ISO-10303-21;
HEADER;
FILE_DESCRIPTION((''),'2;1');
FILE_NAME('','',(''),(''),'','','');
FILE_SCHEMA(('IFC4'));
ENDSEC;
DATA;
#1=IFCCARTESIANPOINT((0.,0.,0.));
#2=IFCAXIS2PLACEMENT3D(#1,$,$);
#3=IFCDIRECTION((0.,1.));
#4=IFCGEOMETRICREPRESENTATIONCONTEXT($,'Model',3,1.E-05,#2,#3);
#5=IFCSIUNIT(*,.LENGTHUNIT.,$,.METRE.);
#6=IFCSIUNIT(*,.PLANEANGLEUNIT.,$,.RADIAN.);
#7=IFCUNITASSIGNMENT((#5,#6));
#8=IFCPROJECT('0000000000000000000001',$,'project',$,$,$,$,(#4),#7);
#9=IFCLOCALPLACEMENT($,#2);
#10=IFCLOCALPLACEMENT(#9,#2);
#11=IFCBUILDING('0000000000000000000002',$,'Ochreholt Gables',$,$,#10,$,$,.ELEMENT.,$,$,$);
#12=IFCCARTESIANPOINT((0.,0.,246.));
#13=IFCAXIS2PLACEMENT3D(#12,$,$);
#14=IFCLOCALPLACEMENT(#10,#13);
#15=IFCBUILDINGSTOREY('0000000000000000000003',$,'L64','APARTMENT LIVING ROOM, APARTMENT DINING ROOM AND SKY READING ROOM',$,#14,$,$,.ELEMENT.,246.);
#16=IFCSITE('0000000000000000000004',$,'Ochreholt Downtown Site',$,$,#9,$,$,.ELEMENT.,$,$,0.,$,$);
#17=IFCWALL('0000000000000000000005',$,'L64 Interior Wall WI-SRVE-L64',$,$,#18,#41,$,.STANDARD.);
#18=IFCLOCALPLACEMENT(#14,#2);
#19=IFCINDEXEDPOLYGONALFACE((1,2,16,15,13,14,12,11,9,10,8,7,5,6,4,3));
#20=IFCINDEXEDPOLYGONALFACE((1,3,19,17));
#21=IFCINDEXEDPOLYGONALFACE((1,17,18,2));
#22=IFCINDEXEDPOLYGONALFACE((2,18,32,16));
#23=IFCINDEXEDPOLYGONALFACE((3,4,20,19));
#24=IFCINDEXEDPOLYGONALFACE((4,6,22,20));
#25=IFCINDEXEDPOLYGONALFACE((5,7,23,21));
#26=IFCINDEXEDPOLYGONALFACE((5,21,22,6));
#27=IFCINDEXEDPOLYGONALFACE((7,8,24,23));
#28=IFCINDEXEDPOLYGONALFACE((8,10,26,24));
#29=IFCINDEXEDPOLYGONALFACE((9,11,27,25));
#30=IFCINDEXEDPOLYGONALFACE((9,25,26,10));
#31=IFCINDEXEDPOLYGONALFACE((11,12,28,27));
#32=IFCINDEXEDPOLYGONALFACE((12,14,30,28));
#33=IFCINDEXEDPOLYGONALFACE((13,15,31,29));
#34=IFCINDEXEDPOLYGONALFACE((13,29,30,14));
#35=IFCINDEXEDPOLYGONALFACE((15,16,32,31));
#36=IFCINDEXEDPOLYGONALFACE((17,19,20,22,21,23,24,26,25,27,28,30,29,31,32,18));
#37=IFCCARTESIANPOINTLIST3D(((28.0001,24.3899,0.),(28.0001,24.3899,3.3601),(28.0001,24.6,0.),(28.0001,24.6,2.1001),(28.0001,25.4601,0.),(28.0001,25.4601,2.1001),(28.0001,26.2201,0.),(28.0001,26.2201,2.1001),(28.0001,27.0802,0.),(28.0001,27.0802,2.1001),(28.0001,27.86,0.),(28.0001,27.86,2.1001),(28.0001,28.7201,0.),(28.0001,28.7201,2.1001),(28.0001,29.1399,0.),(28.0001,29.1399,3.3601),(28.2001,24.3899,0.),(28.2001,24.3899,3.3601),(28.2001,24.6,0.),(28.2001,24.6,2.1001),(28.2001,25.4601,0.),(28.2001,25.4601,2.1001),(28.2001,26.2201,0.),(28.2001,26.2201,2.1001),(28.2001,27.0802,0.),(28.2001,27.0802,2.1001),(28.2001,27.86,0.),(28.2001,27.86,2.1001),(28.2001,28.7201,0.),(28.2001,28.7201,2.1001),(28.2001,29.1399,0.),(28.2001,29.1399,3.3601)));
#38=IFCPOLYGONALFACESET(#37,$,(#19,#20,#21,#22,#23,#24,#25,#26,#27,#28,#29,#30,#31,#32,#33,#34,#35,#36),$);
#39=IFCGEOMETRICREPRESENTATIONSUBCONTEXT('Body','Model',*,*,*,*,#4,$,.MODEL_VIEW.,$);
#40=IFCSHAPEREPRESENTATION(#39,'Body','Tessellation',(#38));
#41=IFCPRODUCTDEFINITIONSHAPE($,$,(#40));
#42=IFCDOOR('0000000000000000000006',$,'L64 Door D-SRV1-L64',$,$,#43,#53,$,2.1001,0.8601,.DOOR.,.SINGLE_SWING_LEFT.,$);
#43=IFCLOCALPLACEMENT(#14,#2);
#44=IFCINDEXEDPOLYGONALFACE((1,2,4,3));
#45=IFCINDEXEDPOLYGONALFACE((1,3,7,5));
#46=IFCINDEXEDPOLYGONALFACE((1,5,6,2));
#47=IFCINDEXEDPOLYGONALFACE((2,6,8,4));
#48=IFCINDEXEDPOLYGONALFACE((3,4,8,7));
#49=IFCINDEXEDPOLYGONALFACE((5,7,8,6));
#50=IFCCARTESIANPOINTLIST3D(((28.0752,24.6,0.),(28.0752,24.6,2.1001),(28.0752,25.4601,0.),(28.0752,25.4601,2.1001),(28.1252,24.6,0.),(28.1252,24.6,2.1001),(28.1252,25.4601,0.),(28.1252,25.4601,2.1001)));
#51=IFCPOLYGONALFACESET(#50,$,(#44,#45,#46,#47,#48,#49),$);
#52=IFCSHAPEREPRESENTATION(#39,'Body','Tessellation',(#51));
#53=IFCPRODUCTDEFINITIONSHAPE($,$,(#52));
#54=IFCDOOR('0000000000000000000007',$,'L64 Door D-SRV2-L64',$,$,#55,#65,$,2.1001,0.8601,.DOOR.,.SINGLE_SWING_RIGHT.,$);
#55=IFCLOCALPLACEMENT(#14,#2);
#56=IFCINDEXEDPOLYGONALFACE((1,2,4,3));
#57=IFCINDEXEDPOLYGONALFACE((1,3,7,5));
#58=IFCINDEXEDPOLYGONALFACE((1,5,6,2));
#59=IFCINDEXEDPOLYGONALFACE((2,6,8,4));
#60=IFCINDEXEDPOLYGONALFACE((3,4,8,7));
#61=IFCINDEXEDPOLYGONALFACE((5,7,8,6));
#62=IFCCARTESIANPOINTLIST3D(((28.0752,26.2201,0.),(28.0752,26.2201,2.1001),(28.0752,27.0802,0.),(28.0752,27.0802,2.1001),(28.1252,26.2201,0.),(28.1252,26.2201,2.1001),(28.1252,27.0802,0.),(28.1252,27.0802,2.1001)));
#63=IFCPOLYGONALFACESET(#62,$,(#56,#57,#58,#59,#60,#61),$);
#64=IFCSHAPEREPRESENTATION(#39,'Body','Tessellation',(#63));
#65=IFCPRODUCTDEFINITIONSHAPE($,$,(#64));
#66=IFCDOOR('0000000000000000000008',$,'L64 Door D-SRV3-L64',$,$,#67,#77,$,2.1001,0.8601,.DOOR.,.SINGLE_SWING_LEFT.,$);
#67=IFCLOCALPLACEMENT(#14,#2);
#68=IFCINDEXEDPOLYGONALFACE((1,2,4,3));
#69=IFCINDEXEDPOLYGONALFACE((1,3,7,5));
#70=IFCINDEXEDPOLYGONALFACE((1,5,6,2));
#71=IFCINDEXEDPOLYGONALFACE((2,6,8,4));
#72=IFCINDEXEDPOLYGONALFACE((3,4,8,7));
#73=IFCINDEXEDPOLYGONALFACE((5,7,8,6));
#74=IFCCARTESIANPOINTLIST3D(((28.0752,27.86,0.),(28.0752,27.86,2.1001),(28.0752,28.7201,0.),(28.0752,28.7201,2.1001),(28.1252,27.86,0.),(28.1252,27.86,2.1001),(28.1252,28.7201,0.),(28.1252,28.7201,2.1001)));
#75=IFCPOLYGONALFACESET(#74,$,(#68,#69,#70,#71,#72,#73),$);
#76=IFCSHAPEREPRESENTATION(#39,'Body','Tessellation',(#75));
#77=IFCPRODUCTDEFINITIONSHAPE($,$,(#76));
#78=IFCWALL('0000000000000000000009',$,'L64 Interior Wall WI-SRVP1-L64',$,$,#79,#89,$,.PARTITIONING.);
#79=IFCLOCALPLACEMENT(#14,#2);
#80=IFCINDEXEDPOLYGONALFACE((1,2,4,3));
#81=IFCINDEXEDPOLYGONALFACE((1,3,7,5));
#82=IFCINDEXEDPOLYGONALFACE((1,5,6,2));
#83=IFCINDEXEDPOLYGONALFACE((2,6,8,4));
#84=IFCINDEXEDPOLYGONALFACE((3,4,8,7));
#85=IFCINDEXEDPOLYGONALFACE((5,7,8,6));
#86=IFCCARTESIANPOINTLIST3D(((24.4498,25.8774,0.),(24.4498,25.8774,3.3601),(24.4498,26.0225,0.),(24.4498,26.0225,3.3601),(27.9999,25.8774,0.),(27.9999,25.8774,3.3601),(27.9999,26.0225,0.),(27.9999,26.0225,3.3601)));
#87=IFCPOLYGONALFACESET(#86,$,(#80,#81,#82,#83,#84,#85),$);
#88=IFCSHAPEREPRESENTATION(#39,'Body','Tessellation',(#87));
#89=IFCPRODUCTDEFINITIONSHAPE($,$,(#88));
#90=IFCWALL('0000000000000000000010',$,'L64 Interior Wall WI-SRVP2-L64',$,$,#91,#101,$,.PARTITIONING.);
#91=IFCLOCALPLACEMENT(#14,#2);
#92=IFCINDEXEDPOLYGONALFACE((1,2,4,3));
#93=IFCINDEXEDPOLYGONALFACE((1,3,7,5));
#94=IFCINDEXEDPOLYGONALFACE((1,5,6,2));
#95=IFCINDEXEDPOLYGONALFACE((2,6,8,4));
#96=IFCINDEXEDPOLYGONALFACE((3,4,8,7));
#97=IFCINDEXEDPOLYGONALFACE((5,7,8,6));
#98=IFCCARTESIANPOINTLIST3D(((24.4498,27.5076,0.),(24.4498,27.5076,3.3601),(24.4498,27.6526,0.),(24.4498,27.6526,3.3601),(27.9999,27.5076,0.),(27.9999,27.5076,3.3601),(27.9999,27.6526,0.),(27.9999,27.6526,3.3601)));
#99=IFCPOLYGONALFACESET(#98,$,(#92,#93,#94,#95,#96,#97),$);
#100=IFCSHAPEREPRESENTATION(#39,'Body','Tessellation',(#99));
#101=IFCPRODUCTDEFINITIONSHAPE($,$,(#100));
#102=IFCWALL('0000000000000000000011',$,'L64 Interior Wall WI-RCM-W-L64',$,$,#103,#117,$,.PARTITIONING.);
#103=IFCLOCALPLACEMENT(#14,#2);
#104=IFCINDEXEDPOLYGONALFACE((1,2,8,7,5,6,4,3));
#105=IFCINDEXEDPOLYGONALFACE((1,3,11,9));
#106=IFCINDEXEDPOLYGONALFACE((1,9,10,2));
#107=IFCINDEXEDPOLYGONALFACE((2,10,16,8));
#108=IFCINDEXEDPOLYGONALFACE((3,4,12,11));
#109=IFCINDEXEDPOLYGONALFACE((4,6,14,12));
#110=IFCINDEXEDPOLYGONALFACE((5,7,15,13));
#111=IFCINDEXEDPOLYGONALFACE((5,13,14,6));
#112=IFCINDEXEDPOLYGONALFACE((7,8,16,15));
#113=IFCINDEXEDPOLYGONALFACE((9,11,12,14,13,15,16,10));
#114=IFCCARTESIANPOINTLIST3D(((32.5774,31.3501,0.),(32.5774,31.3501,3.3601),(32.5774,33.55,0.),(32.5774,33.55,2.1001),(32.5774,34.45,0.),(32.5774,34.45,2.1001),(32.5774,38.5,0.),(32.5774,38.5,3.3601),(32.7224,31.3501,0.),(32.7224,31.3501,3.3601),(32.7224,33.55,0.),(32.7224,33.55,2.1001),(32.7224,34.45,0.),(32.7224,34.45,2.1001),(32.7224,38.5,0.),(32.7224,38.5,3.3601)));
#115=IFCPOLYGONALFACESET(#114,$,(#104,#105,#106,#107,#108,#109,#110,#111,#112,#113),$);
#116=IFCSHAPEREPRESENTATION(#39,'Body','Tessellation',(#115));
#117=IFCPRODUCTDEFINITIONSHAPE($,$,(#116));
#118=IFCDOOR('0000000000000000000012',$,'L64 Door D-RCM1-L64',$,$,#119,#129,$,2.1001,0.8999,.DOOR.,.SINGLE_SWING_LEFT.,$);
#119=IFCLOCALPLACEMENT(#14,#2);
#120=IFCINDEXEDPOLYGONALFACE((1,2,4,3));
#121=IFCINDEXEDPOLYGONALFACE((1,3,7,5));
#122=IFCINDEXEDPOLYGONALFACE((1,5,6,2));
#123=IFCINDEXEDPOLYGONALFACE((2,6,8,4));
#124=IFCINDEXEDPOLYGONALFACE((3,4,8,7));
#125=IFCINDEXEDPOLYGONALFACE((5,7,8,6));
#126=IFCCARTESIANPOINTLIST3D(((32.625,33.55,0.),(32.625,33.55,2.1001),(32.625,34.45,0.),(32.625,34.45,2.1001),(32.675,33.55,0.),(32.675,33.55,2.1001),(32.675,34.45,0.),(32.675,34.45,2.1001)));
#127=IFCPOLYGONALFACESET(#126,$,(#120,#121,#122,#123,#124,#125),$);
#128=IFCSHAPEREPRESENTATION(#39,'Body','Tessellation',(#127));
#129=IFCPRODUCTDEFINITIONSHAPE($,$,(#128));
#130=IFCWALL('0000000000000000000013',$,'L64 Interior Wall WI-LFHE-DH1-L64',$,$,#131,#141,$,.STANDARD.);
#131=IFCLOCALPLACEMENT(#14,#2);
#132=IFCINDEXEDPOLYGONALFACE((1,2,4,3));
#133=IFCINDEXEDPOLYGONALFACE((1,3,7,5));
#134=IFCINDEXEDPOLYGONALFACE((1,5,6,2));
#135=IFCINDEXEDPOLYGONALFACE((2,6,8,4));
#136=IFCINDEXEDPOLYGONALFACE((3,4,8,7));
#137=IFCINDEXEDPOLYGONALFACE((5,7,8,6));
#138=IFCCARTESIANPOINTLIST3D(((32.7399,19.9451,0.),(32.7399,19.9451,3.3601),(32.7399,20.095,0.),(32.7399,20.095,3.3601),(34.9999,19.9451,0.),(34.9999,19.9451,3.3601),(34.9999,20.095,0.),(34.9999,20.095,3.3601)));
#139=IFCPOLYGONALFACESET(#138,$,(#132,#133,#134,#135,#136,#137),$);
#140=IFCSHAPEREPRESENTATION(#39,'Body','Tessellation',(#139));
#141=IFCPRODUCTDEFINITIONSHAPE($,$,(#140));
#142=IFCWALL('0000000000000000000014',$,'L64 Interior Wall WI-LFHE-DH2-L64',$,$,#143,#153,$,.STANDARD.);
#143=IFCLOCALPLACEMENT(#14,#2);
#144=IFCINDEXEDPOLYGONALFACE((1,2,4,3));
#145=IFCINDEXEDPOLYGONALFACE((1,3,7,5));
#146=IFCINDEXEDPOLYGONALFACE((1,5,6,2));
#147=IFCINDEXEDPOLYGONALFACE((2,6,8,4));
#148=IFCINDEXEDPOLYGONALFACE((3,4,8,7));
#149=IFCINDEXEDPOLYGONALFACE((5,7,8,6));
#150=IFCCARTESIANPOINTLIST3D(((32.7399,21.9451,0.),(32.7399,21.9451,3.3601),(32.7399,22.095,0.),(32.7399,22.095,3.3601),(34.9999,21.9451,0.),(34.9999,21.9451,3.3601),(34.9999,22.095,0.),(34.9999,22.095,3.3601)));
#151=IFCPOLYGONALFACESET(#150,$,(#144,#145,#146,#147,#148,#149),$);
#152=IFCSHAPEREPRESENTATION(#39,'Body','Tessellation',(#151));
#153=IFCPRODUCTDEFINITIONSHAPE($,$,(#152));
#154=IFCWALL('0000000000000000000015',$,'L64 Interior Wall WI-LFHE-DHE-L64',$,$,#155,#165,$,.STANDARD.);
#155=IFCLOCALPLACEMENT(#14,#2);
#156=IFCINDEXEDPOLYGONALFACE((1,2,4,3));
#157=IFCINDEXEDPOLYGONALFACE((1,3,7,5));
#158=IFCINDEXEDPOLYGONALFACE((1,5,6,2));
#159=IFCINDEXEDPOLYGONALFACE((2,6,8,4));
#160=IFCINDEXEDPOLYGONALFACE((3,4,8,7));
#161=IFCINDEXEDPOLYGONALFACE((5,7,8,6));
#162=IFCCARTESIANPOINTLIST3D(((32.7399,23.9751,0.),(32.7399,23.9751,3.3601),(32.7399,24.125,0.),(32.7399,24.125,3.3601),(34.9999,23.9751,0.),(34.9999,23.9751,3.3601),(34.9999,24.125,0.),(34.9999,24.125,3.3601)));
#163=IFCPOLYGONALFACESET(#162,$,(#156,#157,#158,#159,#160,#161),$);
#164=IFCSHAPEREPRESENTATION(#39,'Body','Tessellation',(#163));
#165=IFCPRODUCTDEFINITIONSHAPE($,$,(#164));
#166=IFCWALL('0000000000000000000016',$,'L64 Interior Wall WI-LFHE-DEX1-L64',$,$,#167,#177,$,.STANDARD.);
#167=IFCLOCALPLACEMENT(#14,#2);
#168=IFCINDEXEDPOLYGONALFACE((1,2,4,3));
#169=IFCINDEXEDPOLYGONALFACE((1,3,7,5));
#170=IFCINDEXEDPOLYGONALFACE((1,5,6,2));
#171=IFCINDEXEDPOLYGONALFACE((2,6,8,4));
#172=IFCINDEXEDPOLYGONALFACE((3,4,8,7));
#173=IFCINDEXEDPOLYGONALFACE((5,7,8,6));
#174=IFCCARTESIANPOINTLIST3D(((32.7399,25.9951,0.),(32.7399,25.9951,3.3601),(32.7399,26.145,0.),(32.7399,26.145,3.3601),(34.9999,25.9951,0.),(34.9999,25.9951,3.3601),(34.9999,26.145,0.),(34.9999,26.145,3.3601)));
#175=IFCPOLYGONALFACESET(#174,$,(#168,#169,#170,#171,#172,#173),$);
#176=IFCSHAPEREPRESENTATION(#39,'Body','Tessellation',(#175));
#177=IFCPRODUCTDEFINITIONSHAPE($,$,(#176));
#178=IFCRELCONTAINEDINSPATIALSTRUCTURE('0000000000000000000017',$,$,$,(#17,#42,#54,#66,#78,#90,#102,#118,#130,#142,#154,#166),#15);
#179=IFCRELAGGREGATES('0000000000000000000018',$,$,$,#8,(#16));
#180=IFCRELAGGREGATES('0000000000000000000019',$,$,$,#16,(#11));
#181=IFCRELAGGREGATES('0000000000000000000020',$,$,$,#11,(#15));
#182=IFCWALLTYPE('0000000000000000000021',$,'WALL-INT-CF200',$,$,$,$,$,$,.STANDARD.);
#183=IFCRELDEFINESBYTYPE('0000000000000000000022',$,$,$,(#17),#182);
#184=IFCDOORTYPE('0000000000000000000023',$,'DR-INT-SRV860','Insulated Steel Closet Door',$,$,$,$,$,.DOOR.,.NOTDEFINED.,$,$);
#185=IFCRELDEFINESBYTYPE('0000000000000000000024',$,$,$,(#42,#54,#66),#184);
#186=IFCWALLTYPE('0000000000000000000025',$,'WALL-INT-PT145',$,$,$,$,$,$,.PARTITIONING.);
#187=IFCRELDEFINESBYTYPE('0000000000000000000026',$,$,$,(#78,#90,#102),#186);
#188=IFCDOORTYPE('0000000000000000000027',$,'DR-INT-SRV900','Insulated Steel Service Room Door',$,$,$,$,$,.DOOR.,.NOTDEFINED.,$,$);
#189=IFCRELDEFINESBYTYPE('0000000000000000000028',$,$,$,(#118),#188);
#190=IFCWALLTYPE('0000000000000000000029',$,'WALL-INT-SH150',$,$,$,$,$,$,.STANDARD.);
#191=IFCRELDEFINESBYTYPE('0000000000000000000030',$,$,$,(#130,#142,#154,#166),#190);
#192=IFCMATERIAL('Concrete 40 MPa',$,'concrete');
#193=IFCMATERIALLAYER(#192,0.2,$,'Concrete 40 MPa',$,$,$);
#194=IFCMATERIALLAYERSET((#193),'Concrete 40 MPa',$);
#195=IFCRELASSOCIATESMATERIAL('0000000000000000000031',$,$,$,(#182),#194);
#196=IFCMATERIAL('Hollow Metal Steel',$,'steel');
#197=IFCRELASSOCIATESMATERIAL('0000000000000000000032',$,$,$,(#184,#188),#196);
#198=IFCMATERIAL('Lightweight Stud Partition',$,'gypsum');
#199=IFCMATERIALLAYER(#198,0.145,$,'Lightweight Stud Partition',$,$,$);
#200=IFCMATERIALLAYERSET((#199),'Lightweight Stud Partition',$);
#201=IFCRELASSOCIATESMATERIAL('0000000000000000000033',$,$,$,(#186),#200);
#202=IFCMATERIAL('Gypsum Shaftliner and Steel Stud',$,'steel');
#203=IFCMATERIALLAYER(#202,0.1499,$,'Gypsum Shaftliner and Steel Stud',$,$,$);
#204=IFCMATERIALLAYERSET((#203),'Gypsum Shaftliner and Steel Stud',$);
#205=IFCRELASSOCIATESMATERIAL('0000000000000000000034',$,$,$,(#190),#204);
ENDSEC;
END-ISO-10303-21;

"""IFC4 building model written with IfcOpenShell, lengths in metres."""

from ifc_helpers import new_model, si_unit, direction, frame, frame_2d, origin, place, context, subcontext, project, spatial, rectangle, extrude, material, layer, layer_set, type_object, element, fill, save


model = new_model("IFC4")

# Units and contexts
model_context = context("Model", 3, precision=1e-05, world=origin(), true_north=direction((0.0, 1.0)))
body_context = subcontext(model_context, "Body", "Model", "MODEL_VIEW")
ifc_project = project(units=[si_unit("LENGTHUNIT", "METRE"), si_unit("PLANEANGLEUNIT", "RADIAN")], contexts=[model_context])

# Site, building, storey
site_placement = place(None, origin())
site = spatial("IfcSite", under=ifc_project, at=site_placement, Name="Ochreholt Downtown Site", CompositionType="ELEMENT", RefElevation=0.0)
building_placement = place(site_placement, origin())
building = spatial("IfcBuilding", under=site, at=building_placement, Name="Ochreholt Gables", CompositionType="ELEMENT")
storey_placement = place(building_placement, frame((0.0, 0.0, 246.0)))
storey = spatial("IfcBuildingStorey", under=building, at=storey_placement, Name="L64", Description="APARTMENT LIVING ROOM, APARTMENT DINING ROOM AND SKY READING ROOM", CompositionType="ELEMENT", Elevation=246.0)

# Shared definitions
ifc_material_1 = material(Name="Concrete 40 MPa", Category="concrete")
ifc_layer_1 = layer(ifc_material_1, 0.2, Name="Concrete 40 MPa")
ifc_layer_set_1 = layer_set([ifc_layer_1], Name="Concrete 40 MPa")
wall_type_1 = type_object("IfcWallType", Name="WALL-INT-CF200", PredefinedType="STANDARD", material=ifc_layer_set_1)

# Wall, openings, doors
wall_1_placement = place(storey_placement, frame((28.1001, 24.3899, 0.0), z_axis=(0.0, 0.0, 1.0), x_axis=(0.0, 1.0, 0.0)))
wall_1 = element("IfcWall", 1, at=wall_1_placement, inside=storey, type_object=wall_type_1, Name="L64 Interior Wall WI-SRVE-L64", PredefinedType="STANDARD", context=body_context, shape_type="SweptSolid", body=[
    extrude(rectangle(XDim=4.75, YDim=0.2, at=frame_2d((2.375, 0.0))), origin(), (0.0, 0.0, 1.0), 3.3601),
])
opening_1_placement = place(wall_1_placement, frame((0.21, 0.0, 0.0)))
opening_1 = element("IfcOpeningElement", 2, at=opening_1_placement, cuts=wall_1, PredefinedType="OPENING", context=body_context, shape_type="SweptSolid", body=[
    extrude(rectangle(XDim=0.8601, YDim=2.1001, at=frame_2d((0.4302, 1.05))), frame((0.0, 0.1099, 0.0), z_axis=(0.0, -1.0, 0.0), x_axis=(1.0, 0.0, 0.0)), (0.0, 0.0, 1.0), 0.22),
])
opening_2_placement = place(wall_1_placement, frame((1.8301, 0.0, 0.0)))
opening_2 = element("IfcOpeningElement", 3, at=opening_2_placement, cuts=wall_1, PredefinedType="OPENING", context=body_context, shape_type="SweptSolid", body=[
    extrude(rectangle(XDim=0.8601, YDim=2.1001, at=frame_2d((0.4302, 1.05))), frame((0.0, 0.1099, 0.0), z_axis=(0.0, -1.0, 0.0), x_axis=(1.0, 0.0, 0.0)), (0.0, 0.0, 1.0), 0.22),
])
opening_3_placement = place(wall_1_placement, frame((3.47, 0.0, 0.0)))
opening_3 = element("IfcOpeningElement", 4, at=opening_3_placement, cuts=wall_1, PredefinedType="OPENING", context=body_context, shape_type="SweptSolid", body=[
    extrude(rectangle(XDim=0.8601, YDim=2.1001, at=frame_2d((0.4302, 1.05))), frame((0.0, 0.1099, 0.0), z_axis=(0.0, -1.0, 0.0), x_axis=(1.0, 0.0, 0.0)), (0.0, 0.0, 1.0), 0.22),
])
ifc_material_2 = material(Name="Hollow Metal Steel", Category="steel")
door_type_1 = type_object("IfcDoorType", Name="DR-INT-SRV860", Description="Insulated Steel Closet Door", OperationType="NOTDEFINED", PredefinedType="DOOR", material=ifc_material_2)
door_1_placement = place(opening_1_placement, origin())
door_1 = element("IfcDoor", 5, at=door_1_placement, inside=storey, type_object=door_type_1, Name="L64 Door D-SRV1-L64", OperationType="SINGLE_SWING_LEFT", OverallHeight=2.1001, OverallWidth=0.8601, PredefinedType="DOOR", context=body_context, shape_type="SweptSolid", body=[
    extrude(rectangle(XDim=0.8601, YDim=2.1001, at=frame_2d((0.4302, 1.05))), frame((0.0, 0.0249, 0.0), z_axis=(0.0, -1.0, 0.0), x_axis=(1.0, 0.0, 0.0)), (0.0, 0.0, 1.0), 0.05),
])
fill(opening_1, door_1)
door_2_placement = place(opening_2_placement, origin())
door_2 = element("IfcDoor", 6, at=door_2_placement, inside=storey, type_object=door_type_1, Name="L64 Door D-SRV2-L64", OperationType="SINGLE_SWING_RIGHT", OverallHeight=2.1001, OverallWidth=0.8601, PredefinedType="DOOR", context=body_context, shape_type="SweptSolid", body=[
    extrude(rectangle(XDim=0.8601, YDim=2.1001, at=frame_2d((0.4302, 1.05))), frame((0.0, 0.0249, 0.0), z_axis=(0.0, -1.0, 0.0), x_axis=(1.0, 0.0, 0.0)), (0.0, 0.0, 1.0), 0.05),
])
fill(opening_2, door_2)
door_3_placement = place(opening_3_placement, origin())
door_3 = element("IfcDoor", 7, at=door_3_placement, inside=storey, type_object=door_type_1, Name="L64 Door D-SRV3-L64", OperationType="SINGLE_SWING_LEFT", OverallHeight=2.1001, OverallWidth=0.8601, PredefinedType="DOOR", context=body_context, shape_type="SweptSolid", body=[
    extrude(rectangle(XDim=0.8601, YDim=2.1001, at=frame_2d((0.4302, 1.05))), frame((0.0, 0.0249, 0.0), z_axis=(0.0, -1.0, 0.0), x_axis=(1.0, 0.0, 0.0)), (0.0, 0.0, 1.0), 0.05),
])
fill(opening_3, door_3)

# Walls
ifc_material_3 = material(Name="Lightweight Stud Partition", Category="gypsum")
ifc_layer_2 = layer(ifc_material_3, 0.145, Name="Lightweight Stud Partition")
ifc_layer_set_2 = layer_set([ifc_layer_2], Name="Lightweight Stud Partition")
wall_type_2 = type_object("IfcWallType", Name="WALL-INT-PT145", PredefinedType="PARTITIONING", material=ifc_layer_set_2)
for number, where, z_axis, x_axis, name in (
    (8, (24.45, 25.95, 0.0), (0.0, 0.0, 1.0), (1.0, 0.0, 0.0), "L64 Interior Wall WI-SRVP1-L64"),
    (9, (24.45, 27.5801, 0.0), (0.0, 0.0, 1.0), (1.0, 0.0, 0.0), "L64 Interior Wall WI-SRVP2-L64"),
):
    element("IfcWall", number, at=place(storey_placement, frame(where, z_axis=z_axis, x_axis=x_axis)), inside=storey, type_object=wall_type_2, Name=name, PredefinedType="PARTITIONING", context=body_context, shape_type="SweptSolid", body=[
        extrude(rectangle(XDim=3.55, YDim=0.145, at=frame_2d((1.7749, 0.0))), origin(), (0.0, 0.0, 1.0), 3.3601),
    ])

# Wall, opening, door
wall_2_placement = place(storey_placement, frame((32.6499, 31.3501, 0.0), z_axis=(0.0, 0.0, 1.0), x_axis=(0.0, 1.0, 0.0)))
wall_2 = element("IfcWall", 10, at=wall_2_placement, inside=storey, type_object=wall_type_2, Name="L64 Interior Wall WI-RCM-W-L64", PredefinedType="PARTITIONING", context=body_context, shape_type="SweptSolid", body=[
    extrude(rectangle(XDim=7.1499, YDim=0.145, at=frame_2d((3.575, 0.0))), origin(), (0.0, 0.0, 1.0), 3.3601),
])
opening_4_placement = place(wall_2_placement, frame((2.2, 0.0, 0.0)))
opening_4 = element("IfcOpeningElement", 11, at=opening_4_placement, cuts=wall_2, PredefinedType="OPENING", context=body_context, shape_type="SweptSolid", body=[
    extrude(rectangle(XDim=0.8999, YDim=2.1001, at=frame_2d((0.45, 1.05))), frame((0.0, 0.0825, 0.0), z_axis=(0.0, -1.0, 0.0), x_axis=(1.0, 0.0, 0.0)), (0.0, 0.0, 1.0), 0.165),
])
door_type_2 = type_object("IfcDoorType", Name="DR-INT-SRV900", Description="Insulated Steel Service Room Door", OperationType="NOTDEFINED", PredefinedType="DOOR", material=ifc_material_2)
door_4_placement = place(opening_4_placement, origin())
door_4 = element("IfcDoor", 12, at=door_4_placement, inside=storey, type_object=door_type_2, Name="L64 Door D-RCM1-L64", OperationType="SINGLE_SWING_LEFT", OverallHeight=2.1001, OverallWidth=0.8999, PredefinedType="DOOR", context=body_context, shape_type="SweptSolid", body=[
    extrude(rectangle(XDim=0.8999, YDim=2.1001, at=frame_2d((0.45, 1.05))), frame((0.0, 0.0249, 0.0), z_axis=(0.0, -1.0, 0.0), x_axis=(1.0, 0.0, 0.0)), (0.0, 0.0, 1.0), 0.05),
])
fill(opening_4, door_4)

# Walls
ifc_material_4 = material(Name="Gypsum Shaftliner and Steel Stud", Category="steel")
ifc_layer_3 = layer(ifc_material_4, 0.1499, Name="Gypsum Shaftliner and Steel Stud")
ifc_layer_set_3 = layer_set([ifc_layer_3], Name="Gypsum Shaftliner and Steel Stud")
wall_type_3 = type_object("IfcWallType", Name="WALL-INT-SH150", PredefinedType="STANDARD", material=ifc_layer_set_3)
for number, where, z_axis, x_axis, name in (
    (13, (32.74, 20.02, 0.0), (0.0, 0.0, 1.0), (1.0, 0.0, 0.0), "L64 Interior Wall WI-LFHE-DH1-L64"),
    (14, (32.74, 22.02, 0.0), (0.0, 0.0, 1.0), (1.0, 0.0, 0.0), "L64 Interior Wall WI-LFHE-DH2-L64"),
    (15, (32.74, 24.05, 0.0), (0.0, 0.0, 1.0), (1.0, 0.0, 0.0), "L64 Interior Wall WI-LFHE-DHE-L64"),
    (16, (32.74, 26.0701, 0.0), (0.0, 0.0, 1.0), (1.0, 0.0, 0.0), "L64 Interior Wall WI-LFHE-DEX1-L64"),
):
    element("IfcWall", number, at=place(storey_placement, frame(where, z_axis=z_axis, x_axis=x_axis)), inside=storey, type_object=wall_type_3, Name=name, PredefinedType="STANDARD", context=body_context, shape_type="SweptSolid", body=[
        extrude(rectangle(XDim=2.26, YDim=0.1499, at=frame_2d((1.1299, 0.0))), origin(), (0.0, 0.0, 1.0), 3.3601),
    ])

save(model, "model.ifc")
